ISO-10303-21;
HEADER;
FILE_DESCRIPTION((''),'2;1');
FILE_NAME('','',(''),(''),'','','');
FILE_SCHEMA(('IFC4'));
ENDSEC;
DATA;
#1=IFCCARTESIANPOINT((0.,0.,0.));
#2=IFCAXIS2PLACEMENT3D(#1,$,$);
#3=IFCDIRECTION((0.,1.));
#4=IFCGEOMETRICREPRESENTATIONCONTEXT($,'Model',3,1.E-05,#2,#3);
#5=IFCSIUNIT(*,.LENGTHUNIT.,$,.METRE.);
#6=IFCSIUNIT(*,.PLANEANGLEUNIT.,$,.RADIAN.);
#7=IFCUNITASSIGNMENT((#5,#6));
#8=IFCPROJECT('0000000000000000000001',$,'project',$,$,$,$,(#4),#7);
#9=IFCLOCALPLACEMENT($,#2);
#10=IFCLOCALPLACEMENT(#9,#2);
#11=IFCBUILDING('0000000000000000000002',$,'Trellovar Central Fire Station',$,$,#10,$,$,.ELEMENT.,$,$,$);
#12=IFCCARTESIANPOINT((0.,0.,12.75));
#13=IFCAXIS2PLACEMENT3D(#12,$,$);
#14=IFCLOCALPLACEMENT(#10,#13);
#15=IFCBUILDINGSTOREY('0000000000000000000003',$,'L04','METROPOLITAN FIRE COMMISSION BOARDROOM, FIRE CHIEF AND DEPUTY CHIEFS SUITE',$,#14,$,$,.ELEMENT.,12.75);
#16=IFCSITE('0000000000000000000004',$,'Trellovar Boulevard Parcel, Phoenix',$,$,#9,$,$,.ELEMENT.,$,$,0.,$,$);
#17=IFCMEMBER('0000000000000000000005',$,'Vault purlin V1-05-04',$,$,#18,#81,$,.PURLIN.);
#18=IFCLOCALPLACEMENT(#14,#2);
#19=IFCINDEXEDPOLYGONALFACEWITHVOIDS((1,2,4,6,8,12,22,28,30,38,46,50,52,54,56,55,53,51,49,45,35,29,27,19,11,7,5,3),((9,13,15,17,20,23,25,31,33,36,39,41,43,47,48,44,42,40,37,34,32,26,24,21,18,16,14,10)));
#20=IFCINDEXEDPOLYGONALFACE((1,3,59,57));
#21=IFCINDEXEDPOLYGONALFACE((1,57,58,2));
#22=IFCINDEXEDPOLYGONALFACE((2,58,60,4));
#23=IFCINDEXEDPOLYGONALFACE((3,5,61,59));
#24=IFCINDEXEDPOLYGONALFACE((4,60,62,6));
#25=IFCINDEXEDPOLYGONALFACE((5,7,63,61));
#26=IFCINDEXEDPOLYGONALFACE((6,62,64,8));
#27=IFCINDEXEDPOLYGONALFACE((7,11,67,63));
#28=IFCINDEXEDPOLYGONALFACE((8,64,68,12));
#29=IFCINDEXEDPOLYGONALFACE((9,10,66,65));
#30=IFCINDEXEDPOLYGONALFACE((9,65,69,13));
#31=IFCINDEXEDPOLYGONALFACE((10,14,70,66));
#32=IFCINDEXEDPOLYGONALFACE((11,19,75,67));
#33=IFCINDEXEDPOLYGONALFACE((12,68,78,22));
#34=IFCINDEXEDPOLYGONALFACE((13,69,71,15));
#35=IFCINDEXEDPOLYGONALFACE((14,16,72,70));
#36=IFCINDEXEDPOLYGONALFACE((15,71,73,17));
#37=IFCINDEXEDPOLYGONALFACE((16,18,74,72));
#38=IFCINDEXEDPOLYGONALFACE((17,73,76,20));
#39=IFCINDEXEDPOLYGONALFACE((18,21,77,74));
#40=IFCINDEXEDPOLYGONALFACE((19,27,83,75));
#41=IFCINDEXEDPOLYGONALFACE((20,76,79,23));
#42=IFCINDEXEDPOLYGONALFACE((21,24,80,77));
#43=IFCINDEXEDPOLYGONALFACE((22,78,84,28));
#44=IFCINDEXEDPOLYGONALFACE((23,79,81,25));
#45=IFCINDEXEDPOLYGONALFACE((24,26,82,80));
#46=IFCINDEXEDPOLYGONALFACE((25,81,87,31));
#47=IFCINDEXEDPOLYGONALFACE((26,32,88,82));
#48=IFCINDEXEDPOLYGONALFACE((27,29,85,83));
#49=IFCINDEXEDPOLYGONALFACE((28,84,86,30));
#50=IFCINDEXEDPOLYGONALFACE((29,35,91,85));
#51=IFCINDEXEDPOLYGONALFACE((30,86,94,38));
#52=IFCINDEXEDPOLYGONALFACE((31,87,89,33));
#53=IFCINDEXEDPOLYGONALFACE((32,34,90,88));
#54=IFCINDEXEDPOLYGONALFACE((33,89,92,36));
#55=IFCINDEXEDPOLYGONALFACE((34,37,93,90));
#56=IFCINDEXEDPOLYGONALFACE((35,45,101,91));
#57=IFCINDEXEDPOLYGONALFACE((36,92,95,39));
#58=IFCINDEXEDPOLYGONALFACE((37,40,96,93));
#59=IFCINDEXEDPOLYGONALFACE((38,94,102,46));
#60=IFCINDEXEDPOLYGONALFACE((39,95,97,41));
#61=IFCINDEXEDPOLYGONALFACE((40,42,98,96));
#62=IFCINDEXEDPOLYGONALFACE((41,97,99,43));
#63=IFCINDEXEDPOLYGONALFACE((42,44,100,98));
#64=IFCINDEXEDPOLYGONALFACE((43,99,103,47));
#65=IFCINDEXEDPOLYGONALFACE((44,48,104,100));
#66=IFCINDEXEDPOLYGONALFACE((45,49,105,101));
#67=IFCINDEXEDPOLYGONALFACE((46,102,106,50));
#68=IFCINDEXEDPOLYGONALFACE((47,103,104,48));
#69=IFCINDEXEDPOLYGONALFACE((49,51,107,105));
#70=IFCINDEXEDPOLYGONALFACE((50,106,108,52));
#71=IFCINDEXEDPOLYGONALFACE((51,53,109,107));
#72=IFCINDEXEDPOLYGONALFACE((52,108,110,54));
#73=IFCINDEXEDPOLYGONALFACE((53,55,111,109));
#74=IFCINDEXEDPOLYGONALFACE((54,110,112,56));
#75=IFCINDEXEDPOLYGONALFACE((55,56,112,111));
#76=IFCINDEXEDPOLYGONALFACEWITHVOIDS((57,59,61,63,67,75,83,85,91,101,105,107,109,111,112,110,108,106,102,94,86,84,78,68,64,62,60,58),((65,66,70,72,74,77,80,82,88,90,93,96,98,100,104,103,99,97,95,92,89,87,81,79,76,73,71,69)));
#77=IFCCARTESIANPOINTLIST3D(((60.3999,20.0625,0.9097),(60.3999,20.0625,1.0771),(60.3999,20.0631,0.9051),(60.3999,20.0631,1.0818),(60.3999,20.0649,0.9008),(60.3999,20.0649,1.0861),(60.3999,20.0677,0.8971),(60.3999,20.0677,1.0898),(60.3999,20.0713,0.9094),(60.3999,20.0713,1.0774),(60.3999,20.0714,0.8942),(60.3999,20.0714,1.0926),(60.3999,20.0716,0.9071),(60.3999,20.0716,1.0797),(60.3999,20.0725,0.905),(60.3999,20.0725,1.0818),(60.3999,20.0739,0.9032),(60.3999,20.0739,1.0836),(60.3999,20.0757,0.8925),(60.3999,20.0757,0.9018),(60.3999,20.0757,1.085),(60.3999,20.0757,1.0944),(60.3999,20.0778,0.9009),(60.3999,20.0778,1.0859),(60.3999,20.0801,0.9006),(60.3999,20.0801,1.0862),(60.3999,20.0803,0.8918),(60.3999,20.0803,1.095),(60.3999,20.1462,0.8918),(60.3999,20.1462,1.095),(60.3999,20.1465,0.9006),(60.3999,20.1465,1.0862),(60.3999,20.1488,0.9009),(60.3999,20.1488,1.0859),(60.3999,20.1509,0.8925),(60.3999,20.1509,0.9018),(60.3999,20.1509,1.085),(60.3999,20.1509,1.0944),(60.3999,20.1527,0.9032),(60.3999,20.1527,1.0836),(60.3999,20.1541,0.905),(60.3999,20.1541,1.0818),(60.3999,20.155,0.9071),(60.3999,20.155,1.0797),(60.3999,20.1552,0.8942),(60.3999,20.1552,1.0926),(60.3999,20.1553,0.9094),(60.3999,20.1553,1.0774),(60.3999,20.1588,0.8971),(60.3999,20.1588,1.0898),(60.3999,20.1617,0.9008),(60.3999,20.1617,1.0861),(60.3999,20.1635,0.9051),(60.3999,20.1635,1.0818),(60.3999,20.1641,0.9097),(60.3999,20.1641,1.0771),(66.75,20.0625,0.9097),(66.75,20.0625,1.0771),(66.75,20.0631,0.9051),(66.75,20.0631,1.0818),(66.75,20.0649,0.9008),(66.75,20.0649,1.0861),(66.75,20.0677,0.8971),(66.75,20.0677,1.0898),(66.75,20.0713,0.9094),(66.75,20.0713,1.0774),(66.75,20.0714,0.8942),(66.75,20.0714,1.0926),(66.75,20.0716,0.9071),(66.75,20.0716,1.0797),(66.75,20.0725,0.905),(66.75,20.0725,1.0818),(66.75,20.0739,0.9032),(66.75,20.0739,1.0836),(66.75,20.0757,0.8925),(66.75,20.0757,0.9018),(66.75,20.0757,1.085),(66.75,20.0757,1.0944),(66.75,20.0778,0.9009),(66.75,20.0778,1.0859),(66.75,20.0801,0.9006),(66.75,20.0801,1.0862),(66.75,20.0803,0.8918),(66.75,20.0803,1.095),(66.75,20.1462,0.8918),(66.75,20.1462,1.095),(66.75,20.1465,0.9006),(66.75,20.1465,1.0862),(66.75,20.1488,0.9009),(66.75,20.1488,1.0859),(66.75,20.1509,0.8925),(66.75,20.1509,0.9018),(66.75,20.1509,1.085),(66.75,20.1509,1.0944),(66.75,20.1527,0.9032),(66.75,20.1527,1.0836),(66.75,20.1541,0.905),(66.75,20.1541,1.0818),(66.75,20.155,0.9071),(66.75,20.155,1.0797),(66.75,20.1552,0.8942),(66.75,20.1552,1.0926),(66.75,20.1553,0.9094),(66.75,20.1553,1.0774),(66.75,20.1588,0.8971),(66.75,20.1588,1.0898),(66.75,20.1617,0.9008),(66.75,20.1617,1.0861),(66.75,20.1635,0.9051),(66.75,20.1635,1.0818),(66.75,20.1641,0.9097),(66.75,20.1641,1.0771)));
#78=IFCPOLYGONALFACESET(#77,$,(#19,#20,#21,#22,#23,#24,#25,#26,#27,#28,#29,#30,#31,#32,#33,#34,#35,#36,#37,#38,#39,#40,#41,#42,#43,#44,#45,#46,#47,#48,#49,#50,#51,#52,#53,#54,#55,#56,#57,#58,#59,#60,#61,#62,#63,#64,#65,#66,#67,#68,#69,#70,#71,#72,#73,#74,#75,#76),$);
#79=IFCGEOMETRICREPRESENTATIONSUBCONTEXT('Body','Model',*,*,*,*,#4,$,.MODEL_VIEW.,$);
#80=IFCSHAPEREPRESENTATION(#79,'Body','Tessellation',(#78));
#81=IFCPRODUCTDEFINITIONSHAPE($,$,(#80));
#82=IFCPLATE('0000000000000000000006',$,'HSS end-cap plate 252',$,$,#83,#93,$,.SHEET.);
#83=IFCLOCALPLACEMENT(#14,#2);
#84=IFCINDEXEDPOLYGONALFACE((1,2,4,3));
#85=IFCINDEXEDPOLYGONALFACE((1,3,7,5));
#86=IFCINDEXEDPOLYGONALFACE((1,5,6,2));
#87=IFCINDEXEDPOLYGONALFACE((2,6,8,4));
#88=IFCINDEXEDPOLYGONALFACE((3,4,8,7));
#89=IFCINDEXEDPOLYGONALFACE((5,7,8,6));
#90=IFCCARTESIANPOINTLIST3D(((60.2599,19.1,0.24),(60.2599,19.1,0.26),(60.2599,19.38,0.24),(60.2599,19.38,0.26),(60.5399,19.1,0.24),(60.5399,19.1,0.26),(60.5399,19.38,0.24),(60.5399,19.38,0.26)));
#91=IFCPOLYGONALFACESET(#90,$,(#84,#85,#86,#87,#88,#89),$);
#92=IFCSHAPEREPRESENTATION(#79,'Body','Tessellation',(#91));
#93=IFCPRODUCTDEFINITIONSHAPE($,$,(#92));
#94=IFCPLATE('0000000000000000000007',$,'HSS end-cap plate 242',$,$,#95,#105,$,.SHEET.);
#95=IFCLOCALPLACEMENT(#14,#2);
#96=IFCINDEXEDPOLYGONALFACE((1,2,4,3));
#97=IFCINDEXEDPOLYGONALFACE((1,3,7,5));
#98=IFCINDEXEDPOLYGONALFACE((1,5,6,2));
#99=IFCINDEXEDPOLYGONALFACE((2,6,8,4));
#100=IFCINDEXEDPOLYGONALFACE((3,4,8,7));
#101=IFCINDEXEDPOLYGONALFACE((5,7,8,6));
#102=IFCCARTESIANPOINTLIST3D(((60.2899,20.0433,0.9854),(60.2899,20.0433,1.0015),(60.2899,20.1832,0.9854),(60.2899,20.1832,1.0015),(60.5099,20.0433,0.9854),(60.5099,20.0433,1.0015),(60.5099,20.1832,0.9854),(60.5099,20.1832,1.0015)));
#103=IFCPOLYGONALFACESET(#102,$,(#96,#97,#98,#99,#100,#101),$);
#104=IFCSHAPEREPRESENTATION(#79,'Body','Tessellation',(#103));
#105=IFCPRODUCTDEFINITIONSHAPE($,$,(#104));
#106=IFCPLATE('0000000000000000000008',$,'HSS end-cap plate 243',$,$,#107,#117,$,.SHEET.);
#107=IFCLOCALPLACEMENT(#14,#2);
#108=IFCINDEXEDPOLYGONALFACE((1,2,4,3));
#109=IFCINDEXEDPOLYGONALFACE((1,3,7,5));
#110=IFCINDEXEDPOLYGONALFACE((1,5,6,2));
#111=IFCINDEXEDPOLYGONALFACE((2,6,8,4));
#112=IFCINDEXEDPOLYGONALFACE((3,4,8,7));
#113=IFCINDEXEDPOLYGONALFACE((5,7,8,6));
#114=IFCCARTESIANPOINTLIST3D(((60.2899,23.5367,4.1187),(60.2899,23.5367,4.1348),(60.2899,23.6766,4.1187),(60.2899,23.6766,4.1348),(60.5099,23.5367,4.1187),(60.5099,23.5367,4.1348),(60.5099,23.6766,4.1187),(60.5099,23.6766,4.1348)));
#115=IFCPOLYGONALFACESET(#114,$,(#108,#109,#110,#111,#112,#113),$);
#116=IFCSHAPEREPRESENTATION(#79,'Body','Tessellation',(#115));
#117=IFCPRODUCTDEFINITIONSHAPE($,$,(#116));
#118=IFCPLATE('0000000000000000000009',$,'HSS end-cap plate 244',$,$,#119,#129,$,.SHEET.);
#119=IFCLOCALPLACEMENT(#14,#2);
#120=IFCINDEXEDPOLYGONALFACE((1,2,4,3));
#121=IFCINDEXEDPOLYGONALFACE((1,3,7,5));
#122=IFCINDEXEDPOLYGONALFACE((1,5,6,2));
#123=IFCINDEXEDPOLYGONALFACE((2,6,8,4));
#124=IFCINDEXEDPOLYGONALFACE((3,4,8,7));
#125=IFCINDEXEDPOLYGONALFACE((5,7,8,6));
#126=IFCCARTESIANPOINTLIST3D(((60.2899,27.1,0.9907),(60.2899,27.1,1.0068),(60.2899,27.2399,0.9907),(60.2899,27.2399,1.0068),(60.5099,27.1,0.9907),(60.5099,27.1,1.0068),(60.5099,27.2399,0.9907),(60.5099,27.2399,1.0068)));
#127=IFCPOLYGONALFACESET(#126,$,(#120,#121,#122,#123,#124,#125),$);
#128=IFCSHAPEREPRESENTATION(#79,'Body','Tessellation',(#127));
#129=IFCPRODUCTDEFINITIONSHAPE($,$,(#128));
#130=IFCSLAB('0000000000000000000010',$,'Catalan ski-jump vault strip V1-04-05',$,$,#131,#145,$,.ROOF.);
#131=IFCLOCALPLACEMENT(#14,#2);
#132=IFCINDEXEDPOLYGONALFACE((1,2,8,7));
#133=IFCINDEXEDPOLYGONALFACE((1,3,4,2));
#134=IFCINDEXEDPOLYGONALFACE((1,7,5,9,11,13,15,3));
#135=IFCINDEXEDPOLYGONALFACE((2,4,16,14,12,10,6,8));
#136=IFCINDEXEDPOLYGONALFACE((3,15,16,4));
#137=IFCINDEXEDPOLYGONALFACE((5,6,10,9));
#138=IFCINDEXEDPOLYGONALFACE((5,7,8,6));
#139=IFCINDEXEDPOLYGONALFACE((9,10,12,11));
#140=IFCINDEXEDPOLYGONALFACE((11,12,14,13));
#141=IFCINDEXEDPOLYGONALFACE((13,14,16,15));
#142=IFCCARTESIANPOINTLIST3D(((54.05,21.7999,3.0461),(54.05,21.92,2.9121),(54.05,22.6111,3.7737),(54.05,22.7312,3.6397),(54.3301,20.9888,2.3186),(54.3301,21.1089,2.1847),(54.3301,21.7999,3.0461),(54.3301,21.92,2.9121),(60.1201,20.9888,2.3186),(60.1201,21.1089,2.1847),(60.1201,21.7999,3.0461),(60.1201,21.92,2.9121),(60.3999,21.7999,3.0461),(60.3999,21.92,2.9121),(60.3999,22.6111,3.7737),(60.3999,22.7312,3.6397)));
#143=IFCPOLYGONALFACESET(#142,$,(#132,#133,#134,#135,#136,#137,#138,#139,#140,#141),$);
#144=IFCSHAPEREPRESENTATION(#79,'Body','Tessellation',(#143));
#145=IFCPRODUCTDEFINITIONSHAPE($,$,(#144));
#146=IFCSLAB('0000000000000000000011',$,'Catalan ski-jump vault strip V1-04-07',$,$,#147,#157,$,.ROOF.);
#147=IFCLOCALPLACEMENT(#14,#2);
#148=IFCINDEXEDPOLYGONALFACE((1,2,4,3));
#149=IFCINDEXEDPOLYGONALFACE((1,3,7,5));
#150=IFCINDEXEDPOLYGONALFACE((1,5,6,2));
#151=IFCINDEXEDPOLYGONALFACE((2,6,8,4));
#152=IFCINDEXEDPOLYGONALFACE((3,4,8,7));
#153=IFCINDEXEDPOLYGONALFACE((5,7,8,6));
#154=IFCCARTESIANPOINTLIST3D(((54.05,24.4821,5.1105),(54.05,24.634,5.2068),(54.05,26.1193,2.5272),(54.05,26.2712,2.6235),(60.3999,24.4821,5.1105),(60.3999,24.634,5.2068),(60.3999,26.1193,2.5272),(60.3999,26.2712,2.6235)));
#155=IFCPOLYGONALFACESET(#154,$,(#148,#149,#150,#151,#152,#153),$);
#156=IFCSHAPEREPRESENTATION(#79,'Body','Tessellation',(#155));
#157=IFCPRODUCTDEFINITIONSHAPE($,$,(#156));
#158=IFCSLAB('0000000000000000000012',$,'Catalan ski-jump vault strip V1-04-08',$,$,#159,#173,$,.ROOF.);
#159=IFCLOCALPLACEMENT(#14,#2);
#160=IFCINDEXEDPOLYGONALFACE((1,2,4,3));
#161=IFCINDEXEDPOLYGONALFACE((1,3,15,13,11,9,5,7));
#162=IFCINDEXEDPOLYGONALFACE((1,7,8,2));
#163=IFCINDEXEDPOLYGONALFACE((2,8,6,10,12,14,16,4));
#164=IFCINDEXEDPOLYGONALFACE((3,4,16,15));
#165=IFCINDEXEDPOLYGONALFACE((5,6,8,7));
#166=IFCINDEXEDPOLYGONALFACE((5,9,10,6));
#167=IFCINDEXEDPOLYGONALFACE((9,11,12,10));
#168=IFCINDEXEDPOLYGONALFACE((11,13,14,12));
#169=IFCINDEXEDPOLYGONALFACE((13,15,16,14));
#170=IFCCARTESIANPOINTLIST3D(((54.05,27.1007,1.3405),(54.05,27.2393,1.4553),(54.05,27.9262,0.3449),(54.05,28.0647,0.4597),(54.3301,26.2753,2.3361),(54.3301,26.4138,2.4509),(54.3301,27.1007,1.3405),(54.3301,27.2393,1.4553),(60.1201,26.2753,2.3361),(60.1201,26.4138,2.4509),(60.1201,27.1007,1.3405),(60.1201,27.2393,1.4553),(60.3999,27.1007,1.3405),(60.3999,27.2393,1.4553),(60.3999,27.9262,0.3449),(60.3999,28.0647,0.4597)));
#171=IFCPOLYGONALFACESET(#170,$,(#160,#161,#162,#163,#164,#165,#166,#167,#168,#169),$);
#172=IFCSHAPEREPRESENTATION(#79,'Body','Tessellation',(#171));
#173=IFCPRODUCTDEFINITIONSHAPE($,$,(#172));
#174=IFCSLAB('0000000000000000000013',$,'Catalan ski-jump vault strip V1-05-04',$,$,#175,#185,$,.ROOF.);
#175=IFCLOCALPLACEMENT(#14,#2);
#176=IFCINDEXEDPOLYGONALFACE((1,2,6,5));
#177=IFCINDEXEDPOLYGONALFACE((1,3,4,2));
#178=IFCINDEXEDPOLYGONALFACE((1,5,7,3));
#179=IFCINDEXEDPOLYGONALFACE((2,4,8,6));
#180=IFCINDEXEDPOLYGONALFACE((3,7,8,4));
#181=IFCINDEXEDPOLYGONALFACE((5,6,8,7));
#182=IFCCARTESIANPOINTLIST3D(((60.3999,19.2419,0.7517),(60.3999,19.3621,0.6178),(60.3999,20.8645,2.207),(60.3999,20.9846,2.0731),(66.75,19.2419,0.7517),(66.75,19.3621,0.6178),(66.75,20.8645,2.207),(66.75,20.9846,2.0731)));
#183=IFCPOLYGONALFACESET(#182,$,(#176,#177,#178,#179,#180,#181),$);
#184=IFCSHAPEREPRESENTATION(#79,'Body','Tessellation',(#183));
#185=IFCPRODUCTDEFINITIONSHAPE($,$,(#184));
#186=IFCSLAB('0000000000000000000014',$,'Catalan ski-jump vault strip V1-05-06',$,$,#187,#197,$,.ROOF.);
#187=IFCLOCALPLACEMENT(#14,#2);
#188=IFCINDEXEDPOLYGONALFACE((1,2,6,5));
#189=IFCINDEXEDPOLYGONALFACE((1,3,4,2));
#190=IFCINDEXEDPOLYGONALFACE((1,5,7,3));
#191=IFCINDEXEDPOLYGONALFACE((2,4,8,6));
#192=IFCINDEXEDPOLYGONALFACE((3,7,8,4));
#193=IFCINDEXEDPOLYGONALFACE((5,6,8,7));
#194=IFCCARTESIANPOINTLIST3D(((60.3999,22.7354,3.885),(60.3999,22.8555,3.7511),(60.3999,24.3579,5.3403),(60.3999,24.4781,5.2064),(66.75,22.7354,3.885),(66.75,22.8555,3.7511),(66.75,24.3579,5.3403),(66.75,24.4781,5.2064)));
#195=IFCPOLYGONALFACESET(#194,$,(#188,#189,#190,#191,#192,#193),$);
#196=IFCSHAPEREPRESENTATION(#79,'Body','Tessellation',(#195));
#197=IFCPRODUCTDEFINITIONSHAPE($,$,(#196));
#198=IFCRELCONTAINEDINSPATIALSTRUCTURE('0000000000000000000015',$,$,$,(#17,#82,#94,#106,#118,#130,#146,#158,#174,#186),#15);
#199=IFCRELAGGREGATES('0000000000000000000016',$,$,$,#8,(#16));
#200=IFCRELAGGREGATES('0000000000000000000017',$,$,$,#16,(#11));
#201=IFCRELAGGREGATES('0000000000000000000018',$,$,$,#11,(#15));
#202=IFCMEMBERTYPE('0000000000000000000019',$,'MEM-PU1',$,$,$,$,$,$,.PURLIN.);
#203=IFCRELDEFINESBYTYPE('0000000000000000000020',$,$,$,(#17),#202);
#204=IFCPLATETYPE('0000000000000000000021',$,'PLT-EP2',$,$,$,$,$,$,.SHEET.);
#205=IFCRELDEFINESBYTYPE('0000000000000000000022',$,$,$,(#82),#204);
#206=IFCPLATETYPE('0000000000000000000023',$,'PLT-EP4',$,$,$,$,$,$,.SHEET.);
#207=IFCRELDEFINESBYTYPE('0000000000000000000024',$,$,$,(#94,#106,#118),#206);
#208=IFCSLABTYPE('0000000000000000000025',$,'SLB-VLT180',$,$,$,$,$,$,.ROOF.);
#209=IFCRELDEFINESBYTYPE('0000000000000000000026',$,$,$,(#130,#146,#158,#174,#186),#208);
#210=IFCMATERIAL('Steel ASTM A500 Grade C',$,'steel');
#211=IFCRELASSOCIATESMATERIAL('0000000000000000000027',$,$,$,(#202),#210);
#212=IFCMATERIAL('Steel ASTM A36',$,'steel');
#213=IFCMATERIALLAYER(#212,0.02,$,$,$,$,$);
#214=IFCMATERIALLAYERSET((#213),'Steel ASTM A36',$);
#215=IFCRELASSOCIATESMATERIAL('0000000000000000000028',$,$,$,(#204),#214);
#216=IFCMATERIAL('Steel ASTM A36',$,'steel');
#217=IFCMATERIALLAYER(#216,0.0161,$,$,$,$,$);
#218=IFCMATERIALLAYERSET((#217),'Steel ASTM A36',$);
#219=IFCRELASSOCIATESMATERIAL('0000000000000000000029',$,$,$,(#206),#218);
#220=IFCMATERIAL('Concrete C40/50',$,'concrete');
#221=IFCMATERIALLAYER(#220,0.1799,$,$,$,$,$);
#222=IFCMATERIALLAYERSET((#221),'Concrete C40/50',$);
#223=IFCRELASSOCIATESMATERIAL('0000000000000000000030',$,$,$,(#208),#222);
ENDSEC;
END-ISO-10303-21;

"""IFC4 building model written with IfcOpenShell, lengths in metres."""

from ifc_helpers import new_model, si_unit, direction, frame, origin, origin_2d, place, context, subcontext, project, spatial, polyline, rectangle, hollow_rectangle, outline, extrude, material, layer, layer_set, material_profile, profile_set, type_object, element, save


model = new_model("IFC4")

# Units and contexts
model_context = context("Model", 3, precision=1e-05, world=origin(), true_north=direction((0.0, 1.0)))
body_context = subcontext(model_context, "Body", "Model", "MODEL_VIEW")
ifc_project = project(units=[si_unit("LENGTHUNIT", "METRE"), si_unit("PLANEANGLEUNIT", "RADIAN")], contexts=[model_context])

# Site, building, storey
site_placement = place(None, origin())
site = spatial("IfcSite", under=ifc_project, at=site_placement, Name="Trellovar Boulevard Parcel, Phoenix", CompositionType="ELEMENT", RefElevation=0.0)
building_placement = place(site_placement, origin())
building = spatial("IfcBuilding", under=site, at=building_placement, Name="Trellovar Central Fire Station", CompositionType="ELEMENT")
storey_placement = place(building_placement, frame((0.0, 0.0, 12.75)))
storey = spatial("IfcBuildingStorey", under=building, at=storey_placement, Name="L04", Description="METROPOLITAN FIRE COMMISSION BOARDROOM, FIRE CHIEF AND DEPUTY CHIEFS SUITE", CompositionType="ELEMENT", Elevation=12.75)

# Member
ifc_material_1 = material(Name="Steel ASTM A500 Grade C", Category="steel")
ifc_material_profile_1 = material_profile(ifc_material_1, hollow_rectangle(XDim=0.1016, YDim=0.2031, WallThickness=0.0088, InnerFilletRadius=0.0088, OuterFilletRadius=0.0178, at=origin_2d()), Name="HSS8X4X3/8")
ifc_profile_set_1 = profile_set([ifc_material_profile_1], Name="Steel ASTM A500 Grade C")
member_type_1 = type_object("IfcMemberType", Name="MEM-PU1", PredefinedType="PURLIN", material=ifc_profile_set_1)
member_1_placement = place(storey_placement, frame((60.3999, 20.1133, 0.9934), z_axis=(1.0, 0.0, 0.0), x_axis=(0.0, 1.0, 0.0)))
element("IfcMember", 1, at=member_1_placement, inside=storey, type_object=member_type_1, Name="Vault purlin V1-05-04", PredefinedType="PURLIN", context=body_context, shape_type="SweptSolid", body=[
    extrude(hollow_rectangle(XDim=0.1016, YDim=0.2031, WallThickness=0.0088, InnerFilletRadius=0.0088, OuterFilletRadius=0.0178, at=origin_2d()), origin(), (0.0, 0.0, 1.0), 6.3501),
])

# Plates
ifc_material_2 = material(Name="Steel ASTM A36", Category="steel")
ifc_layer_1 = layer(ifc_material_2, 0.02)
ifc_layer_set_1 = layer_set([ifc_layer_1], Name="Steel ASTM A36")
plate_type_1 = type_object("IfcPlateType", Name="PLT-EP2", PredefinedType="SHEET", material=ifc_layer_set_1)
plate_placement = place(storey_placement, frame((60.3999, 19.24, 0.24), z_axis=(0.0, 0.0, 1.0), x_axis=(1.0, 0.0, 0.0)))
element("IfcPlate", 2, at=plate_placement, inside=storey, type_object=plate_type_1, Name="HSS end-cap plate 252", PredefinedType="SHEET", context=body_context, shape_type="SweptSolid", body=[
    extrude(rectangle(XDim=0.28, YDim=0.28, at=origin_2d()), origin(), (0.0, 0.0, 1.0), 0.02),
])
ifc_material_3 = material(Name="Steel ASTM A36", Category="steel")
ifc_layer_2 = layer(ifc_material_3, 0.0161)
ifc_layer_set_2 = layer_set([ifc_layer_2], Name="Steel ASTM A36")
plate_type_2 = type_object("IfcPlateType", Name="PLT-EP4", PredefinedType="SHEET", material=ifc_layer_set_2)
for number, where, z_axis, x_axis, name in (
    (3, (60.3999, 20.1133, 0.9854), (0.0, 0.0, 1.0), (1.0, 0.0, 0.0), "HSS end-cap plate 242"),
    (4, (60.3999, 23.6067, 4.1187), (0.0, 0.0, 1.0), (1.0, 0.0, 0.0), "HSS end-cap plate 243"),
    (5, (60.3999, 27.1699, 0.9907), (0.0, 0.0, 1.0), (1.0, 0.0, 0.0), "HSS end-cap plate 244"),
):
    element("IfcPlate", number, at=place(storey_placement, frame(where, z_axis=z_axis, x_axis=x_axis)), inside=storey, type_object=plate_type_2, Name=name, PredefinedType="SHEET", context=body_context, shape_type="SweptSolid", body=[
        extrude(rectangle(XDim=0.22, YDim=0.1399, at=origin_2d()), origin(), (0.0, 0.0, 1.0), 0.0161),
    ])

# Slabs
ifc_material_4 = material(Name="Concrete C40/50", Category="concrete")
ifc_layer_3 = layer(ifc_material_4, 0.1799)
ifc_layer_set_3 = layer_set([ifc_layer_3], Name="Concrete C40/50")
slab_type = type_object("IfcSlabType", Name="SLB-VLT180", PredefinedType="ROOF", material=ifc_layer_set_3)
slab_1_placement = place(storey_placement, frame((54.3301, 20.9888, 2.3186), z_axis=(0.0, -0.667692, 0.744437), x_axis=(1.0, 0.0, 0.0)))
element("IfcSlab", 6, at=slab_1_placement, inside=storey, type_object=slab_type, Name="Catalan ski-jump vault strip V1-04-05", PredefinedType="ROOF", context=body_context, shape_type="SweptSolid", body=[
    extrude(outline(polyline([(0.0, 0.0), (5.79, 0.0), (5.79, 1.0895), (6.0698, 1.0895), (6.0698, 2.1793), (-0.28, 2.1793), (-0.28, 1.0895), (0.0, 1.0895), (0.0, 0.0)])), origin(), (0.0, 0.0, -1.0), 0.1799),
])
slab_2_placement = place(storey_placement, frame((54.05, 24.634, 5.2068), z_axis=(0.0, 0.844649, 0.53532), x_axis=(1.0, 0.0, 0.0)))
element("IfcSlab", 7, at=slab_2_placement, inside=storey, type_object=slab_type, Name="Catalan ski-jump vault strip V1-04-07", PredefinedType="ROOF", context=body_context, shape_type="SweptSolid", body=[
    extrude(outline(polyline([(0.0, 0.0), (6.3499, 0.0), (6.3499, 3.0584), (0.0, 3.0584), (0.0, 0.0)])), origin(), (0.0, 0.0, -1.0), 0.1799),
])
slab_3_placement = place(storey_placement, frame((54.3301, 26.4138, 2.4509), z_axis=(0.0, 0.769828, 0.638251), x_axis=(1.0, 0.0, 0.0)))
element("IfcSlab", 8, at=slab_3_placement, inside=storey, type_object=slab_type, Name="Catalan ski-jump vault strip V1-04-08", PredefinedType="ROOF", context=body_context, shape_type="SweptSolid", body=[
    extrude(outline(polyline([(0.0, 0.0), (5.79, 0.0), (5.79, 1.2933), (6.0698, 1.2933), (6.0698, 2.5866), (-0.28, 2.5866), (-0.28, 1.2933), (0.0, 1.2933), (0.0, 0.0)])), origin(), (0.0, 0.0, -1.0), 0.1799),
])
for number, where, z_axis, x_axis, name in (
    (9, (60.3999, 19.2419, 0.7517), (0.0, -0.667701, 0.744429), (1.0, 0.0, 0.0), "Catalan ski-jump vault strip V1-05-04"),
    (10, (60.3999, 22.7354, 3.885), (0.0, -0.667701, 0.744429), (1.0, 0.0, 0.0), "Catalan ski-jump vault strip V1-05-06"),
):
    element("IfcSlab", number, at=place(storey_placement, frame(where, z_axis=z_axis, x_axis=x_axis)), inside=storey, type_object=slab_type, Name=name, PredefinedType="ROOF", context=body_context, shape_type="SweptSolid", body=[
        extrude(outline(polyline([(0.0, 0.0), (6.3501, 0.0), (6.3501, 2.1796), (0.0, 2.1796), (0.0, 0.0)])), origin(), (0.0, 0.0, -1.0), 0.1799),
    ])

save(model, "model.ifc")
